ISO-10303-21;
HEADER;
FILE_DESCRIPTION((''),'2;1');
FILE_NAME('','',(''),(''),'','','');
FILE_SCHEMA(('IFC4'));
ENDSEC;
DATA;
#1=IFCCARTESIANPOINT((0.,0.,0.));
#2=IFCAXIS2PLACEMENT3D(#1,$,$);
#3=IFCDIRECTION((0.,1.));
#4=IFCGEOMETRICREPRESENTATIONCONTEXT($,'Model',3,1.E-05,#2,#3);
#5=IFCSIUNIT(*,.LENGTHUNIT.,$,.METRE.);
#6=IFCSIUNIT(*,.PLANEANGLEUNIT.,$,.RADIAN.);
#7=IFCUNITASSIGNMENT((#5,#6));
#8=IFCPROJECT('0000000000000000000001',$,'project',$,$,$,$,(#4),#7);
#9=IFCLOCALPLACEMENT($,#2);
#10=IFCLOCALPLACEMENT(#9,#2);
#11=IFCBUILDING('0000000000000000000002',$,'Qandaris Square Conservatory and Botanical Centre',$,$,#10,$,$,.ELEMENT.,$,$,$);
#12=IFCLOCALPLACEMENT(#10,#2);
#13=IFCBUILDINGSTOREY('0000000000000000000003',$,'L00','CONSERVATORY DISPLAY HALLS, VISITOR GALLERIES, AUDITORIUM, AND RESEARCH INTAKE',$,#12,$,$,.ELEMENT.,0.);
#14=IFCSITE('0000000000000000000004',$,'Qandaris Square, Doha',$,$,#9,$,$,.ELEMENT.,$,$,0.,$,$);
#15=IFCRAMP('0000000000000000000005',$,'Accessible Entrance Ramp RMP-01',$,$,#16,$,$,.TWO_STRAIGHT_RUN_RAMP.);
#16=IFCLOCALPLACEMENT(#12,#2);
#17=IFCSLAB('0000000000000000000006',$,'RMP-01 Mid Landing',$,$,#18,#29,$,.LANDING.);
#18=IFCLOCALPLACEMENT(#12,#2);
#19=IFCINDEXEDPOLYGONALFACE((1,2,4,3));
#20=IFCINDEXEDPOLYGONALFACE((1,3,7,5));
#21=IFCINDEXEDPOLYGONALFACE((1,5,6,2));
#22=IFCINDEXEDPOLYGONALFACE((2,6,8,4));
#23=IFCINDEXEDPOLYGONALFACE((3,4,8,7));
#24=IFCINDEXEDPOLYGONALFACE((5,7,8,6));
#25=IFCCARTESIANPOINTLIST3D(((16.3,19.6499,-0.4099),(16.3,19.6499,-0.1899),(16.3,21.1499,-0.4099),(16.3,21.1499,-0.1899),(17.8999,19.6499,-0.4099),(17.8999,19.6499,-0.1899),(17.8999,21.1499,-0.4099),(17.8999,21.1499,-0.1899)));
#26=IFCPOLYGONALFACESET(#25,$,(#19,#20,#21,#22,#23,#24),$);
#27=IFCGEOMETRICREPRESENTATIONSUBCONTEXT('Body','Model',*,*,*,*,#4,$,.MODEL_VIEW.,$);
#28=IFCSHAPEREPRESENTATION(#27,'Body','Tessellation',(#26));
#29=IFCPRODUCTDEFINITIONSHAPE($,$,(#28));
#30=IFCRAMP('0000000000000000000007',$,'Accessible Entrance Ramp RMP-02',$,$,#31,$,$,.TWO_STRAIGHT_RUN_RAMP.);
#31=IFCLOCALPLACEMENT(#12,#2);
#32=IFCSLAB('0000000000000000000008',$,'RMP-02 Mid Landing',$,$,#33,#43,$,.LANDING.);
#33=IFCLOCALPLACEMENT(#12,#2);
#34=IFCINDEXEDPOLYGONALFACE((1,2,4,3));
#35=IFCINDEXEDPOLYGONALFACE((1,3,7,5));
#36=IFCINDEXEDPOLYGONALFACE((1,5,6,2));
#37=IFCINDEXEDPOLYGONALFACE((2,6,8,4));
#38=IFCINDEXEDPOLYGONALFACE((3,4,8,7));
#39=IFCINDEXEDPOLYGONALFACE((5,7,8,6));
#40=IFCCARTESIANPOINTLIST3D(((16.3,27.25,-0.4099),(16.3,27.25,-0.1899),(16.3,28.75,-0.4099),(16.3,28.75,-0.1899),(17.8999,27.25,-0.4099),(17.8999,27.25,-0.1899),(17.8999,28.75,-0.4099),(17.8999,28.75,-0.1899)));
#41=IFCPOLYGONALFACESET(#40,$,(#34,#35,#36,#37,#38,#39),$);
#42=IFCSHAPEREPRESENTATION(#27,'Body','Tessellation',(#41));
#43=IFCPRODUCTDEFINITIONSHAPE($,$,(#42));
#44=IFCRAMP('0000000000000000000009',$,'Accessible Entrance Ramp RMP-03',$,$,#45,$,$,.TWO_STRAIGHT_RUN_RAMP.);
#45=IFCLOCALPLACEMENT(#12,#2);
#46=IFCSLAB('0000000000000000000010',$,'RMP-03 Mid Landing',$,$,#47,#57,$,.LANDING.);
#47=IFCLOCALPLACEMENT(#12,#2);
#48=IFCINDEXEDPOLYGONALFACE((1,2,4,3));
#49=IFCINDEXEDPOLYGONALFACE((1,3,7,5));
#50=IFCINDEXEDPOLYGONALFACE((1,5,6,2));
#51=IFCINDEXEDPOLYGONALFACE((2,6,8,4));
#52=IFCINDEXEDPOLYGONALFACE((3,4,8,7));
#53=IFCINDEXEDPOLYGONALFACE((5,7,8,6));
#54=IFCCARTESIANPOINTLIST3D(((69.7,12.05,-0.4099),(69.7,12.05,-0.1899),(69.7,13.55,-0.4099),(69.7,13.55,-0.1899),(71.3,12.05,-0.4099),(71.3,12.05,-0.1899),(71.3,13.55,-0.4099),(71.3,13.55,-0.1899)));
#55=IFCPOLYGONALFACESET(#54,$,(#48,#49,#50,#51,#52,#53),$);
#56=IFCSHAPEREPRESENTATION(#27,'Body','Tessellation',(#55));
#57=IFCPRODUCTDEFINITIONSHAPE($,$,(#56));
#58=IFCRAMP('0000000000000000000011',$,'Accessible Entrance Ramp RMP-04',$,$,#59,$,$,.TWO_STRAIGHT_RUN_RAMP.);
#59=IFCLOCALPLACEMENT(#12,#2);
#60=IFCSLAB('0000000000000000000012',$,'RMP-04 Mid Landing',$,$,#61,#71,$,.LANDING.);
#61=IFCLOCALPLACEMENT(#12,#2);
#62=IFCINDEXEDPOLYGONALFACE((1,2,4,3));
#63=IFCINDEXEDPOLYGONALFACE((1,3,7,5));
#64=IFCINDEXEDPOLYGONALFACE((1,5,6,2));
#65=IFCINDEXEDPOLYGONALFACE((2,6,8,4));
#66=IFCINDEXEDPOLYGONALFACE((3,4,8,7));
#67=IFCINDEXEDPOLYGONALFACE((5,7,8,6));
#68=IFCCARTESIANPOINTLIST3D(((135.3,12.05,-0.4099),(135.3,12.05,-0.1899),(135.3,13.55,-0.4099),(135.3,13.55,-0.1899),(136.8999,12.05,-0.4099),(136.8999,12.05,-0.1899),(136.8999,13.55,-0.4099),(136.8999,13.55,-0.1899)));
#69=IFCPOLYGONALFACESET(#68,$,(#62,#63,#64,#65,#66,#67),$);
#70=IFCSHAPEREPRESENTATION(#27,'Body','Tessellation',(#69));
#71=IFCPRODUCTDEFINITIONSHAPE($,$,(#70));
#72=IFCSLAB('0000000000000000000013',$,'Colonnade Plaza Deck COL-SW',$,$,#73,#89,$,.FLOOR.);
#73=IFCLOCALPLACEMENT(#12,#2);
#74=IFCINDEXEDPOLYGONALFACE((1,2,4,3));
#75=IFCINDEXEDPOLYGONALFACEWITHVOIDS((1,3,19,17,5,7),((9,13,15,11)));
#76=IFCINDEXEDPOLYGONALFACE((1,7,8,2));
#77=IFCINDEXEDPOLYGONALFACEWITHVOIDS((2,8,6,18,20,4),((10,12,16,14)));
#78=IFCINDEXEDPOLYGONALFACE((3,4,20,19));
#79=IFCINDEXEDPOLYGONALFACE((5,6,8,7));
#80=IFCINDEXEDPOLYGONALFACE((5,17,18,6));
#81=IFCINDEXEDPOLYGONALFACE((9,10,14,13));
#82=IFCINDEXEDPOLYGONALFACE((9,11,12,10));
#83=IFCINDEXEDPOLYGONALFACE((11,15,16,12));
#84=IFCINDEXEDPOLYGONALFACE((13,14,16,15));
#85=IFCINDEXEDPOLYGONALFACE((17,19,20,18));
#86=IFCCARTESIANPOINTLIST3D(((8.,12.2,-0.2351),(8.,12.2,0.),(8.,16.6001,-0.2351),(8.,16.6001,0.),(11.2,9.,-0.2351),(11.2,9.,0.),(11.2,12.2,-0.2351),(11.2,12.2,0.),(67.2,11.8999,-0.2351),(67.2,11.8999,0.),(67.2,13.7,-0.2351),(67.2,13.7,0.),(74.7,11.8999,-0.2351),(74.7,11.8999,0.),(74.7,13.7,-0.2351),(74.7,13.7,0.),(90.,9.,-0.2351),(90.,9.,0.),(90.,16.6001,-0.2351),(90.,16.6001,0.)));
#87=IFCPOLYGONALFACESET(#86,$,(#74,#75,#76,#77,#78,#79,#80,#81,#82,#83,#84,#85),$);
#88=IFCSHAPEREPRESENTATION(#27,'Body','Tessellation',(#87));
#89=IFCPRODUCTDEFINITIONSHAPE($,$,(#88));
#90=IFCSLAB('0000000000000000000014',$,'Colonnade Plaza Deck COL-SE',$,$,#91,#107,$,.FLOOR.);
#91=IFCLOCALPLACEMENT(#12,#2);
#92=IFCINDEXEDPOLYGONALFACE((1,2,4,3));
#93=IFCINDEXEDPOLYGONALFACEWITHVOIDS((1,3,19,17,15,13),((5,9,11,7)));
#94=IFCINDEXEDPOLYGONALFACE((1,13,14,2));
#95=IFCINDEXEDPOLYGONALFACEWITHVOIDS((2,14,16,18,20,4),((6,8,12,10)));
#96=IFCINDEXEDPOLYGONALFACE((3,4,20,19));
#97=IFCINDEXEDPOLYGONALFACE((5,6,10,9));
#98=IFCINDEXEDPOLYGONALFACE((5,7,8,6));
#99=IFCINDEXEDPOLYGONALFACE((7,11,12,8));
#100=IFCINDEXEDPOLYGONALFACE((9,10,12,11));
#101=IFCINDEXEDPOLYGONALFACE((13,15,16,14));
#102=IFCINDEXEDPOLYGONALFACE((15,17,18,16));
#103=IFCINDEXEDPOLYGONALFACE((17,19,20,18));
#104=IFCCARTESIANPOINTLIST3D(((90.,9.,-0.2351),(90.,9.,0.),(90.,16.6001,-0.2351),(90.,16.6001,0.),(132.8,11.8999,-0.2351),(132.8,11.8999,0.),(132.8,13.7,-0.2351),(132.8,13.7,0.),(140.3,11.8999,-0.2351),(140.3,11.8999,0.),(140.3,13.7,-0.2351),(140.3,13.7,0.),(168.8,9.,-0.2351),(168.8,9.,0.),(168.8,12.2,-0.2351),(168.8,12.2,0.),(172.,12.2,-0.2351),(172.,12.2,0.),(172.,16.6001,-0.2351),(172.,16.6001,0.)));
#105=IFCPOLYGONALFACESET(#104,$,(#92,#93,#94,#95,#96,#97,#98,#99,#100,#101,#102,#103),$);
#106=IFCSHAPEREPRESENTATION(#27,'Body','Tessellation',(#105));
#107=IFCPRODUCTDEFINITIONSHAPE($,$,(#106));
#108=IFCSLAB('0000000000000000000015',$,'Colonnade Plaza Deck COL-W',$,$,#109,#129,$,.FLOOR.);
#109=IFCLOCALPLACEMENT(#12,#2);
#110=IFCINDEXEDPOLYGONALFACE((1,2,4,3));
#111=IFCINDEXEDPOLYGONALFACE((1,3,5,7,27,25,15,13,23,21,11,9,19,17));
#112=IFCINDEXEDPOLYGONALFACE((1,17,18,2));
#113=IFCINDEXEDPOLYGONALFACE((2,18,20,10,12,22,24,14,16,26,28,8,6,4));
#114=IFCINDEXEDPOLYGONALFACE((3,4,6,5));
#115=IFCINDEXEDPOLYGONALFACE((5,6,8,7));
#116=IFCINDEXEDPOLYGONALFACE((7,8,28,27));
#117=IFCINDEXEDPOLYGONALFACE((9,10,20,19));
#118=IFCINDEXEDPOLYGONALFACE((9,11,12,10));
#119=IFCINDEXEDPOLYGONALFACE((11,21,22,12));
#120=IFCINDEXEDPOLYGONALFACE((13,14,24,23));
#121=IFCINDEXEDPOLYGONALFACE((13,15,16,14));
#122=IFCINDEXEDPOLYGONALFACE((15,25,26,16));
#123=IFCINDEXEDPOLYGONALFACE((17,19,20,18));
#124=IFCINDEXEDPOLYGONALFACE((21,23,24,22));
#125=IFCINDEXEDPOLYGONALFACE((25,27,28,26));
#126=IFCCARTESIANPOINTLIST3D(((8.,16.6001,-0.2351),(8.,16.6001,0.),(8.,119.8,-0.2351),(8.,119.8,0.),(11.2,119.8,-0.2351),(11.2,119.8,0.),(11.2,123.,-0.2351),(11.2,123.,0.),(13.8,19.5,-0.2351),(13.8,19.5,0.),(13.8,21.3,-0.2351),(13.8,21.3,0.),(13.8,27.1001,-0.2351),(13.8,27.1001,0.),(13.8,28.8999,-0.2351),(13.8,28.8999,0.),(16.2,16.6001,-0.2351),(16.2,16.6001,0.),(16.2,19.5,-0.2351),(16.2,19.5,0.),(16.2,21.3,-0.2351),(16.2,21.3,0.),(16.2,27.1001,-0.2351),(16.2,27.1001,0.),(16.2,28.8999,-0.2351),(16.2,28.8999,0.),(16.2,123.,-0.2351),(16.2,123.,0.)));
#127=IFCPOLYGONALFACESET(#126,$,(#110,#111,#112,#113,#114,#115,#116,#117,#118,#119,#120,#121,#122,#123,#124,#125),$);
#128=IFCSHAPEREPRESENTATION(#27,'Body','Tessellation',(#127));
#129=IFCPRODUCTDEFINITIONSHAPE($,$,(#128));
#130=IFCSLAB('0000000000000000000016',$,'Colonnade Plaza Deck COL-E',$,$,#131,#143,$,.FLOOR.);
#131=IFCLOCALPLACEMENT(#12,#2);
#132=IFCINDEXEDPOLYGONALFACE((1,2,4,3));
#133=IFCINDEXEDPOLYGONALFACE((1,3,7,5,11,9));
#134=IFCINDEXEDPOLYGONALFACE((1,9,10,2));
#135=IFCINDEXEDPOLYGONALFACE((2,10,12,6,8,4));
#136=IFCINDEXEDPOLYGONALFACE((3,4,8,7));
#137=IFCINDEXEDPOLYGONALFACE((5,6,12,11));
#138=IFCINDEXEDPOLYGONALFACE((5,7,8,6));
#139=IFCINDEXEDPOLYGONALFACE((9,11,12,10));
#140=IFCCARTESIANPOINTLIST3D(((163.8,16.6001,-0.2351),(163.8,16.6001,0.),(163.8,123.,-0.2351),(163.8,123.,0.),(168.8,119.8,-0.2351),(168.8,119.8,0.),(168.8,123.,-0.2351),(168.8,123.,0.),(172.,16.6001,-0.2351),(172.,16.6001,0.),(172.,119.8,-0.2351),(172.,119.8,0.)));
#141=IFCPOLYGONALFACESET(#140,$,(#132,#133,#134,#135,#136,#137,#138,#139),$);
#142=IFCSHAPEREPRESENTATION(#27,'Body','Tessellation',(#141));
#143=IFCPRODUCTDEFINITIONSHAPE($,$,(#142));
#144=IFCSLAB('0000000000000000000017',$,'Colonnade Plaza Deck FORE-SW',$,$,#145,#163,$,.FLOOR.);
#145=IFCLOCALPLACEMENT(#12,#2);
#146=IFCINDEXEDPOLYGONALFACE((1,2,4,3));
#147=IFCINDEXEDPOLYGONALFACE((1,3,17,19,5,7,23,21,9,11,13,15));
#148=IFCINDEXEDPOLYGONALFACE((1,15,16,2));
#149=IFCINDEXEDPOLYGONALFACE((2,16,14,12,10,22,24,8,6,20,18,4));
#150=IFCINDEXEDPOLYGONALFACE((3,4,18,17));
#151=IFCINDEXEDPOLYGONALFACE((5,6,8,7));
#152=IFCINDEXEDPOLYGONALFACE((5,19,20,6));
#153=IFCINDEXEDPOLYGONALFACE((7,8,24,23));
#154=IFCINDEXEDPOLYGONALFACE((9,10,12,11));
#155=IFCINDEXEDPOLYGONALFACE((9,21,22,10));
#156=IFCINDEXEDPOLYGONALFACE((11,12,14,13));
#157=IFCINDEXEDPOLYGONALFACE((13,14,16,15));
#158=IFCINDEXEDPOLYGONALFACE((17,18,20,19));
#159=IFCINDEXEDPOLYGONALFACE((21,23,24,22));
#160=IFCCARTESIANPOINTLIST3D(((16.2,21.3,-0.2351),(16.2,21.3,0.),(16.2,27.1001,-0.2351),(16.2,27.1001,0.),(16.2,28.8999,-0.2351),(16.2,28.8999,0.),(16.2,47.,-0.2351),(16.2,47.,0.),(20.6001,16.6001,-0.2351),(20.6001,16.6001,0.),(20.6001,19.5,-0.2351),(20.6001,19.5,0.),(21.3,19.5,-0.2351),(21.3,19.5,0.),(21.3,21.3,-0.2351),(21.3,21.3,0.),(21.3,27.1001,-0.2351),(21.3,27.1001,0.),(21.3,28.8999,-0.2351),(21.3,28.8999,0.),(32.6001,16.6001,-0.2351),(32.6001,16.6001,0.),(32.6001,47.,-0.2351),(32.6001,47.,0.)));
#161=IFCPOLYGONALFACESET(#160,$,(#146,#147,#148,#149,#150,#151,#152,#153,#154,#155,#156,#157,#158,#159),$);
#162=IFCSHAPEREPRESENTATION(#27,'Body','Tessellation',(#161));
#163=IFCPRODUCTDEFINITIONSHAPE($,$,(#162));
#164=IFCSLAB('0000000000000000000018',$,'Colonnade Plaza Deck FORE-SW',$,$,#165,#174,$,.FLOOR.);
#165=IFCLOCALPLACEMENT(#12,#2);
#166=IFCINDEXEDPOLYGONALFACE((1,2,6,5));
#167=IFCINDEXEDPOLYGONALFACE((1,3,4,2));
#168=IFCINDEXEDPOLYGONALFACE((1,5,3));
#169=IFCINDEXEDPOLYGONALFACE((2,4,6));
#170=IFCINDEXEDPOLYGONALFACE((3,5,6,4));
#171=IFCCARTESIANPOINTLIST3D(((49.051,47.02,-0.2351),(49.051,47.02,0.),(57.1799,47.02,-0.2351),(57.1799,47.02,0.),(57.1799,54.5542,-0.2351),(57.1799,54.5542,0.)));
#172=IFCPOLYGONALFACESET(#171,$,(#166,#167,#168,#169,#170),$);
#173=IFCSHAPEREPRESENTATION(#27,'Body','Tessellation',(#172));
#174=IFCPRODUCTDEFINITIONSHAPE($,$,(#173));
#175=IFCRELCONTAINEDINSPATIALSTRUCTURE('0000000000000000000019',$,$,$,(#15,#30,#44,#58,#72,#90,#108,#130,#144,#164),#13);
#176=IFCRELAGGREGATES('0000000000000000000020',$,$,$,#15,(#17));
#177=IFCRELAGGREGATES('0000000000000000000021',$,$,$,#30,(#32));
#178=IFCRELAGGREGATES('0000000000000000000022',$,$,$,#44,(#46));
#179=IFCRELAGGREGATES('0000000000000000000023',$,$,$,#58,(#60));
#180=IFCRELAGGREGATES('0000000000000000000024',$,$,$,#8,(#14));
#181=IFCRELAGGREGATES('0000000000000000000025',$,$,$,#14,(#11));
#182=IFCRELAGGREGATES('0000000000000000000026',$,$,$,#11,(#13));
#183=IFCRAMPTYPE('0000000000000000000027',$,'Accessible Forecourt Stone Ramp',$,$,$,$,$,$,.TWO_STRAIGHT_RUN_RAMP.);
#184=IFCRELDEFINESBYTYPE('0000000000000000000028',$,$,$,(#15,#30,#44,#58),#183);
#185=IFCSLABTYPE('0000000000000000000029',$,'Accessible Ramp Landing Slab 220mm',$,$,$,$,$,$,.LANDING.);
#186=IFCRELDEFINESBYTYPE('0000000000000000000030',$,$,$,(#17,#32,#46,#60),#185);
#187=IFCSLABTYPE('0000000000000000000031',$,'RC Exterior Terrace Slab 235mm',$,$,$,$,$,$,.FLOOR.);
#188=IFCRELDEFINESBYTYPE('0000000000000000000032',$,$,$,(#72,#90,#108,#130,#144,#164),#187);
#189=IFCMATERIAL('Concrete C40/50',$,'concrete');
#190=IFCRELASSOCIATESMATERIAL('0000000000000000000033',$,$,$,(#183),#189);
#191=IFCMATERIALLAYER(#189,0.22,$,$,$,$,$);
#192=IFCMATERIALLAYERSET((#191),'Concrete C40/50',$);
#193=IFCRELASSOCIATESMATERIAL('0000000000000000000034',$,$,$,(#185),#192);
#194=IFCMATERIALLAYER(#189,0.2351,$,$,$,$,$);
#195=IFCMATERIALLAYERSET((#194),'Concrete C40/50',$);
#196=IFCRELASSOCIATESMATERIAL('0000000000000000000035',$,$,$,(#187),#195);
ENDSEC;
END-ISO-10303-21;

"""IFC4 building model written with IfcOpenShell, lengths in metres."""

from ifc_helpers import new_model, si_unit, direction, frame, origin, place, context, subcontext, project, spatial, polyline, outline, extrude, material, layer, layer_set, type_object, element, aggregate, save


model = new_model("IFC4")

# Units and contexts
model_context = context("Model", 3, precision=1e-05, world=origin(), true_north=direction((0.0, 1.0)))
body_context = subcontext(model_context, "Body", "Model", "MODEL_VIEW")
ifc_project = project(units=[si_unit("LENGTHUNIT", "METRE"), si_unit("PLANEANGLEUNIT", "RADIAN")], contexts=[model_context])

# Site, building, storey
site_placement = place(None, origin())
site = spatial("IfcSite", under=ifc_project, at=site_placement, Name="Qandaris Square, Doha", CompositionType="ELEMENT", RefElevation=0.0)
building_placement = place(site_placement, origin())
building = spatial("IfcBuilding", under=site, at=building_placement, Name="Qandaris Square Conservatory and Botanical Centre", CompositionType="ELEMENT")
storey_placement = place(building_placement, origin())
storey = spatial("IfcBuildingStorey", under=building, at=storey_placement, Name="L00", Description="CONSERVATORY DISPLAY HALLS, VISITOR GALLERIES, AUDITORIUM, AND RESEARCH INTAKE", CompositionType="ELEMENT", Elevation=0.0)

# Ramps, slabs
ifc_material_1 = material(Name="Concrete C40/50", Category="concrete")
ramp_type = type_object("IfcRampType", Name="Accessible Forecourt Stone Ramp", PredefinedType="TWO_STRAIGHT_RUN_RAMP", material=ifc_material_1)
ramp_1_placement = place(storey_placement, origin())
ramp_1 = element("IfcRamp", 1, at=ramp_1_placement, inside=storey, type_object=ramp_type, Name="Accessible Entrance Ramp RMP-01", PredefinedType="TWO_STRAIGHT_RUN_RAMP")
ifc_layer_1 = layer(ifc_material_1, 0.22)
ifc_layer_set_1 = layer_set([ifc_layer_1], Name="Concrete C40/50")
slab_type_1 = type_object("IfcSlabType", Name="Accessible Ramp Landing Slab 220mm", PredefinedType="LANDING", material=ifc_layer_set_1)
slab_1_placement = place(storey_placement, frame((0.0, 0.0, -0.4099)))
slab_1 = element("IfcSlab", 2, at=slab_1_placement, type_object=slab_type_1, Name="RMP-01 Mid Landing", PredefinedType="LANDING", context=body_context, shape_type="SweptSolid", body=[
    extrude(outline(polyline([(16.3, 19.6499), (17.8999, 19.6499), (17.8999, 21.1499), (16.3, 21.1499), (16.3, 19.6499)])), origin(), (0.0, 0.0, 1.0), 0.22),
])
aggregate(ramp_1, [slab_1])
ramp_2_placement = place(storey_placement, origin())
ramp_2 = element("IfcRamp", 3, at=ramp_2_placement, inside=storey, type_object=ramp_type, Name="Accessible Entrance Ramp RMP-02", PredefinedType="TWO_STRAIGHT_RUN_RAMP")
slab_2_placement = place(storey_placement, frame((0.0, 0.0, -0.4099)))
slab_2 = element("IfcSlab", 4, at=slab_2_placement, type_object=slab_type_1, Name="RMP-02 Mid Landing", PredefinedType="LANDING", context=body_context, shape_type="SweptSolid", body=[
    extrude(outline(polyline([(16.3, 27.25), (17.8999, 27.25), (17.8999, 28.75), (16.3, 28.75), (16.3, 27.25)])), origin(), (0.0, 0.0, 1.0), 0.22),
])
aggregate(ramp_2, [slab_2])
ramp_3_placement = place(storey_placement, origin())
ramp_3 = element("IfcRamp", 5, at=ramp_3_placement, inside=storey, type_object=ramp_type, Name="Accessible Entrance Ramp RMP-03", PredefinedType="TWO_STRAIGHT_RUN_RAMP")
slab_3_placement = place(storey_placement, frame((0.0, 0.0, -0.4099)))
slab_3 = element("IfcSlab", 6, at=slab_3_placement, type_object=slab_type_1, Name="RMP-03 Mid Landing", PredefinedType="LANDING", context=body_context, shape_type="SweptSolid", body=[
    extrude(outline(polyline([(69.7, 12.05), (71.3, 12.05), (71.3, 13.55), (69.7, 13.55), (69.7, 12.05)])), origin(), (0.0, 0.0, 1.0), 0.22),
])
aggregate(ramp_3, [slab_3])
ramp_4_placement = place(storey_placement, origin())
ramp_4 = element("IfcRamp", 7, at=ramp_4_placement, inside=storey, type_object=ramp_type, Name="Accessible Entrance Ramp RMP-04", PredefinedType="TWO_STRAIGHT_RUN_RAMP")
slab_4_placement = place(storey_placement, frame((0.0, 0.0, -0.4099)))
slab_4 = element("IfcSlab", 8, at=slab_4_placement, type_object=slab_type_1, Name="RMP-04 Mid Landing", PredefinedType="LANDING", context=body_context, shape_type="SweptSolid", body=[
    extrude(outline(polyline([(135.3, 12.05), (136.8999, 12.05), (136.8999, 13.55), (135.3, 13.55), (135.3, 12.05)])), origin(), (0.0, 0.0, 1.0), 0.22),
])
aggregate(ramp_4, [slab_4])

# Slabs
ifc_layer_2 = layer(ifc_material_1, 0.2351)
ifc_layer_set_2 = layer_set([ifc_layer_2], Name="Concrete C40/50")
slab_type_2 = type_object("IfcSlabType", Name="RC Exterior Terrace Slab 235mm", PredefinedType="FLOOR", material=ifc_layer_set_2)
slab_5_placement = place(storey_placement, frame((0.0, 0.0, -0.2351)))
element("IfcSlab", 9, at=slab_5_placement, inside=storey, type_object=slab_type_2, Name="Colonnade Plaza Deck COL-SW", PredefinedType="FLOOR", context=body_context, shape_type="SweptSolid", body=[
    extrude(outline(polyline([(8.0, 16.6001), (90.0, 16.6001), (90.0, 9.0), (11.2, 9.0), (11.2, 12.2), (8.0, 12.2), (8.0, 16.6001)]), holes=[polyline([(74.7, 11.8999), (74.7, 13.7), (67.2, 13.7), (67.2, 11.8999), (74.7, 11.8999)])]), origin(), (0.0, 0.0, 1.0), 0.2351),
])
slab_6_placement = place(storey_placement, frame((0.0, 0.0, -0.2351)))
element("IfcSlab", 10, at=slab_6_placement, inside=storey, type_object=slab_type_2, Name="Colonnade Plaza Deck COL-SE", PredefinedType="FLOOR", context=body_context, shape_type="SweptSolid", body=[
    extrude(outline(polyline([(90.0, 16.6001), (172.0, 16.6001), (172.0, 12.2), (168.8, 12.2), (168.8, 9.0), (90.0, 9.0), (90.0, 16.6001)]), holes=[polyline([(140.3, 11.8999), (140.3, 13.7), (132.8, 13.7), (132.8, 11.8999), (140.3, 11.8999)])]), origin(), (0.0, 0.0, 1.0), 0.2351),
])
slab_7_placement = place(storey_placement, frame((0.0, 0.0, -0.2351)))
element("IfcSlab", 11, at=slab_7_placement, inside=storey, type_object=slab_type_2, Name="Colonnade Plaza Deck COL-W", PredefinedType="FLOOR", context=body_context, shape_type="SweptSolid", body=[
    extrude(outline(polyline([(8.0, 16.6001), (8.0, 119.8), (11.2, 119.8), (11.2, 123.0), (16.2, 123.0), (16.2, 28.8999), (13.8, 28.8999), (13.8, 27.1001), (16.2, 27.1001), (16.2, 21.3), (13.8, 21.3), (13.8, 19.5), (16.2, 19.5), (16.2, 16.6001), (8.0, 16.6001)])), origin(), (0.0, 0.0, 1.0), 0.2351),
])
slab_8_placement = place(storey_placement, frame((0.0, 0.0, -0.2351)))
element("IfcSlab", 12, at=slab_8_placement, inside=storey, type_object=slab_type_2, Name="Colonnade Plaza Deck COL-E", PredefinedType="FLOOR", context=body_context, shape_type="SweptSolid", body=[
    extrude(outline(polyline([(172.0, 16.6001), (163.8, 16.6001), (163.8, 123.0), (168.8, 123.0), (168.8, 119.8), (172.0, 119.8), (172.0, 16.6001)])), origin(), (0.0, 0.0, 1.0), 0.2351),
])
slab_9_placement = place(storey_placement, frame((0.0, 0.0, -0.2351)))
element("IfcSlab", 13, at=slab_9_placement, inside=storey, type_object=slab_type_2, Name="Colonnade Plaza Deck FORE-SW", PredefinedType="FLOOR", context=body_context, shape_type="SweptSolid", body=[
    extrude(outline(polyline([(32.6001, 47.0), (32.6001, 16.6001), (20.6001, 16.6001), (20.6001, 19.5), (21.3, 19.5), (21.3, 21.3), (16.2, 21.3), (16.2, 27.1001), (21.3, 27.1001), (21.3, 28.8999), (16.2, 28.8999), (16.2, 47.0), (32.6001, 47.0)])), origin(), (0.0, 0.0, 1.0), 0.2351),
])
slab_10_placement = place(storey_placement, frame((0.0, 0.0, -0.2351)))
element("IfcSlab", 14, at=slab_10_placement, inside=storey, type_object=slab_type_2, Name="Colonnade Plaza Deck FORE-SW", PredefinedType="FLOOR", context=body_context, shape_type="SweptSolid", body=[
    extrude(outline(polyline([(57.1799, 54.5542), (57.1799, 47.02), (49.051, 47.02), (57.1799, 54.5542)])), origin(), (0.0, 0.0, 1.0), 0.2351),
])

save(model, "model.ifc")
